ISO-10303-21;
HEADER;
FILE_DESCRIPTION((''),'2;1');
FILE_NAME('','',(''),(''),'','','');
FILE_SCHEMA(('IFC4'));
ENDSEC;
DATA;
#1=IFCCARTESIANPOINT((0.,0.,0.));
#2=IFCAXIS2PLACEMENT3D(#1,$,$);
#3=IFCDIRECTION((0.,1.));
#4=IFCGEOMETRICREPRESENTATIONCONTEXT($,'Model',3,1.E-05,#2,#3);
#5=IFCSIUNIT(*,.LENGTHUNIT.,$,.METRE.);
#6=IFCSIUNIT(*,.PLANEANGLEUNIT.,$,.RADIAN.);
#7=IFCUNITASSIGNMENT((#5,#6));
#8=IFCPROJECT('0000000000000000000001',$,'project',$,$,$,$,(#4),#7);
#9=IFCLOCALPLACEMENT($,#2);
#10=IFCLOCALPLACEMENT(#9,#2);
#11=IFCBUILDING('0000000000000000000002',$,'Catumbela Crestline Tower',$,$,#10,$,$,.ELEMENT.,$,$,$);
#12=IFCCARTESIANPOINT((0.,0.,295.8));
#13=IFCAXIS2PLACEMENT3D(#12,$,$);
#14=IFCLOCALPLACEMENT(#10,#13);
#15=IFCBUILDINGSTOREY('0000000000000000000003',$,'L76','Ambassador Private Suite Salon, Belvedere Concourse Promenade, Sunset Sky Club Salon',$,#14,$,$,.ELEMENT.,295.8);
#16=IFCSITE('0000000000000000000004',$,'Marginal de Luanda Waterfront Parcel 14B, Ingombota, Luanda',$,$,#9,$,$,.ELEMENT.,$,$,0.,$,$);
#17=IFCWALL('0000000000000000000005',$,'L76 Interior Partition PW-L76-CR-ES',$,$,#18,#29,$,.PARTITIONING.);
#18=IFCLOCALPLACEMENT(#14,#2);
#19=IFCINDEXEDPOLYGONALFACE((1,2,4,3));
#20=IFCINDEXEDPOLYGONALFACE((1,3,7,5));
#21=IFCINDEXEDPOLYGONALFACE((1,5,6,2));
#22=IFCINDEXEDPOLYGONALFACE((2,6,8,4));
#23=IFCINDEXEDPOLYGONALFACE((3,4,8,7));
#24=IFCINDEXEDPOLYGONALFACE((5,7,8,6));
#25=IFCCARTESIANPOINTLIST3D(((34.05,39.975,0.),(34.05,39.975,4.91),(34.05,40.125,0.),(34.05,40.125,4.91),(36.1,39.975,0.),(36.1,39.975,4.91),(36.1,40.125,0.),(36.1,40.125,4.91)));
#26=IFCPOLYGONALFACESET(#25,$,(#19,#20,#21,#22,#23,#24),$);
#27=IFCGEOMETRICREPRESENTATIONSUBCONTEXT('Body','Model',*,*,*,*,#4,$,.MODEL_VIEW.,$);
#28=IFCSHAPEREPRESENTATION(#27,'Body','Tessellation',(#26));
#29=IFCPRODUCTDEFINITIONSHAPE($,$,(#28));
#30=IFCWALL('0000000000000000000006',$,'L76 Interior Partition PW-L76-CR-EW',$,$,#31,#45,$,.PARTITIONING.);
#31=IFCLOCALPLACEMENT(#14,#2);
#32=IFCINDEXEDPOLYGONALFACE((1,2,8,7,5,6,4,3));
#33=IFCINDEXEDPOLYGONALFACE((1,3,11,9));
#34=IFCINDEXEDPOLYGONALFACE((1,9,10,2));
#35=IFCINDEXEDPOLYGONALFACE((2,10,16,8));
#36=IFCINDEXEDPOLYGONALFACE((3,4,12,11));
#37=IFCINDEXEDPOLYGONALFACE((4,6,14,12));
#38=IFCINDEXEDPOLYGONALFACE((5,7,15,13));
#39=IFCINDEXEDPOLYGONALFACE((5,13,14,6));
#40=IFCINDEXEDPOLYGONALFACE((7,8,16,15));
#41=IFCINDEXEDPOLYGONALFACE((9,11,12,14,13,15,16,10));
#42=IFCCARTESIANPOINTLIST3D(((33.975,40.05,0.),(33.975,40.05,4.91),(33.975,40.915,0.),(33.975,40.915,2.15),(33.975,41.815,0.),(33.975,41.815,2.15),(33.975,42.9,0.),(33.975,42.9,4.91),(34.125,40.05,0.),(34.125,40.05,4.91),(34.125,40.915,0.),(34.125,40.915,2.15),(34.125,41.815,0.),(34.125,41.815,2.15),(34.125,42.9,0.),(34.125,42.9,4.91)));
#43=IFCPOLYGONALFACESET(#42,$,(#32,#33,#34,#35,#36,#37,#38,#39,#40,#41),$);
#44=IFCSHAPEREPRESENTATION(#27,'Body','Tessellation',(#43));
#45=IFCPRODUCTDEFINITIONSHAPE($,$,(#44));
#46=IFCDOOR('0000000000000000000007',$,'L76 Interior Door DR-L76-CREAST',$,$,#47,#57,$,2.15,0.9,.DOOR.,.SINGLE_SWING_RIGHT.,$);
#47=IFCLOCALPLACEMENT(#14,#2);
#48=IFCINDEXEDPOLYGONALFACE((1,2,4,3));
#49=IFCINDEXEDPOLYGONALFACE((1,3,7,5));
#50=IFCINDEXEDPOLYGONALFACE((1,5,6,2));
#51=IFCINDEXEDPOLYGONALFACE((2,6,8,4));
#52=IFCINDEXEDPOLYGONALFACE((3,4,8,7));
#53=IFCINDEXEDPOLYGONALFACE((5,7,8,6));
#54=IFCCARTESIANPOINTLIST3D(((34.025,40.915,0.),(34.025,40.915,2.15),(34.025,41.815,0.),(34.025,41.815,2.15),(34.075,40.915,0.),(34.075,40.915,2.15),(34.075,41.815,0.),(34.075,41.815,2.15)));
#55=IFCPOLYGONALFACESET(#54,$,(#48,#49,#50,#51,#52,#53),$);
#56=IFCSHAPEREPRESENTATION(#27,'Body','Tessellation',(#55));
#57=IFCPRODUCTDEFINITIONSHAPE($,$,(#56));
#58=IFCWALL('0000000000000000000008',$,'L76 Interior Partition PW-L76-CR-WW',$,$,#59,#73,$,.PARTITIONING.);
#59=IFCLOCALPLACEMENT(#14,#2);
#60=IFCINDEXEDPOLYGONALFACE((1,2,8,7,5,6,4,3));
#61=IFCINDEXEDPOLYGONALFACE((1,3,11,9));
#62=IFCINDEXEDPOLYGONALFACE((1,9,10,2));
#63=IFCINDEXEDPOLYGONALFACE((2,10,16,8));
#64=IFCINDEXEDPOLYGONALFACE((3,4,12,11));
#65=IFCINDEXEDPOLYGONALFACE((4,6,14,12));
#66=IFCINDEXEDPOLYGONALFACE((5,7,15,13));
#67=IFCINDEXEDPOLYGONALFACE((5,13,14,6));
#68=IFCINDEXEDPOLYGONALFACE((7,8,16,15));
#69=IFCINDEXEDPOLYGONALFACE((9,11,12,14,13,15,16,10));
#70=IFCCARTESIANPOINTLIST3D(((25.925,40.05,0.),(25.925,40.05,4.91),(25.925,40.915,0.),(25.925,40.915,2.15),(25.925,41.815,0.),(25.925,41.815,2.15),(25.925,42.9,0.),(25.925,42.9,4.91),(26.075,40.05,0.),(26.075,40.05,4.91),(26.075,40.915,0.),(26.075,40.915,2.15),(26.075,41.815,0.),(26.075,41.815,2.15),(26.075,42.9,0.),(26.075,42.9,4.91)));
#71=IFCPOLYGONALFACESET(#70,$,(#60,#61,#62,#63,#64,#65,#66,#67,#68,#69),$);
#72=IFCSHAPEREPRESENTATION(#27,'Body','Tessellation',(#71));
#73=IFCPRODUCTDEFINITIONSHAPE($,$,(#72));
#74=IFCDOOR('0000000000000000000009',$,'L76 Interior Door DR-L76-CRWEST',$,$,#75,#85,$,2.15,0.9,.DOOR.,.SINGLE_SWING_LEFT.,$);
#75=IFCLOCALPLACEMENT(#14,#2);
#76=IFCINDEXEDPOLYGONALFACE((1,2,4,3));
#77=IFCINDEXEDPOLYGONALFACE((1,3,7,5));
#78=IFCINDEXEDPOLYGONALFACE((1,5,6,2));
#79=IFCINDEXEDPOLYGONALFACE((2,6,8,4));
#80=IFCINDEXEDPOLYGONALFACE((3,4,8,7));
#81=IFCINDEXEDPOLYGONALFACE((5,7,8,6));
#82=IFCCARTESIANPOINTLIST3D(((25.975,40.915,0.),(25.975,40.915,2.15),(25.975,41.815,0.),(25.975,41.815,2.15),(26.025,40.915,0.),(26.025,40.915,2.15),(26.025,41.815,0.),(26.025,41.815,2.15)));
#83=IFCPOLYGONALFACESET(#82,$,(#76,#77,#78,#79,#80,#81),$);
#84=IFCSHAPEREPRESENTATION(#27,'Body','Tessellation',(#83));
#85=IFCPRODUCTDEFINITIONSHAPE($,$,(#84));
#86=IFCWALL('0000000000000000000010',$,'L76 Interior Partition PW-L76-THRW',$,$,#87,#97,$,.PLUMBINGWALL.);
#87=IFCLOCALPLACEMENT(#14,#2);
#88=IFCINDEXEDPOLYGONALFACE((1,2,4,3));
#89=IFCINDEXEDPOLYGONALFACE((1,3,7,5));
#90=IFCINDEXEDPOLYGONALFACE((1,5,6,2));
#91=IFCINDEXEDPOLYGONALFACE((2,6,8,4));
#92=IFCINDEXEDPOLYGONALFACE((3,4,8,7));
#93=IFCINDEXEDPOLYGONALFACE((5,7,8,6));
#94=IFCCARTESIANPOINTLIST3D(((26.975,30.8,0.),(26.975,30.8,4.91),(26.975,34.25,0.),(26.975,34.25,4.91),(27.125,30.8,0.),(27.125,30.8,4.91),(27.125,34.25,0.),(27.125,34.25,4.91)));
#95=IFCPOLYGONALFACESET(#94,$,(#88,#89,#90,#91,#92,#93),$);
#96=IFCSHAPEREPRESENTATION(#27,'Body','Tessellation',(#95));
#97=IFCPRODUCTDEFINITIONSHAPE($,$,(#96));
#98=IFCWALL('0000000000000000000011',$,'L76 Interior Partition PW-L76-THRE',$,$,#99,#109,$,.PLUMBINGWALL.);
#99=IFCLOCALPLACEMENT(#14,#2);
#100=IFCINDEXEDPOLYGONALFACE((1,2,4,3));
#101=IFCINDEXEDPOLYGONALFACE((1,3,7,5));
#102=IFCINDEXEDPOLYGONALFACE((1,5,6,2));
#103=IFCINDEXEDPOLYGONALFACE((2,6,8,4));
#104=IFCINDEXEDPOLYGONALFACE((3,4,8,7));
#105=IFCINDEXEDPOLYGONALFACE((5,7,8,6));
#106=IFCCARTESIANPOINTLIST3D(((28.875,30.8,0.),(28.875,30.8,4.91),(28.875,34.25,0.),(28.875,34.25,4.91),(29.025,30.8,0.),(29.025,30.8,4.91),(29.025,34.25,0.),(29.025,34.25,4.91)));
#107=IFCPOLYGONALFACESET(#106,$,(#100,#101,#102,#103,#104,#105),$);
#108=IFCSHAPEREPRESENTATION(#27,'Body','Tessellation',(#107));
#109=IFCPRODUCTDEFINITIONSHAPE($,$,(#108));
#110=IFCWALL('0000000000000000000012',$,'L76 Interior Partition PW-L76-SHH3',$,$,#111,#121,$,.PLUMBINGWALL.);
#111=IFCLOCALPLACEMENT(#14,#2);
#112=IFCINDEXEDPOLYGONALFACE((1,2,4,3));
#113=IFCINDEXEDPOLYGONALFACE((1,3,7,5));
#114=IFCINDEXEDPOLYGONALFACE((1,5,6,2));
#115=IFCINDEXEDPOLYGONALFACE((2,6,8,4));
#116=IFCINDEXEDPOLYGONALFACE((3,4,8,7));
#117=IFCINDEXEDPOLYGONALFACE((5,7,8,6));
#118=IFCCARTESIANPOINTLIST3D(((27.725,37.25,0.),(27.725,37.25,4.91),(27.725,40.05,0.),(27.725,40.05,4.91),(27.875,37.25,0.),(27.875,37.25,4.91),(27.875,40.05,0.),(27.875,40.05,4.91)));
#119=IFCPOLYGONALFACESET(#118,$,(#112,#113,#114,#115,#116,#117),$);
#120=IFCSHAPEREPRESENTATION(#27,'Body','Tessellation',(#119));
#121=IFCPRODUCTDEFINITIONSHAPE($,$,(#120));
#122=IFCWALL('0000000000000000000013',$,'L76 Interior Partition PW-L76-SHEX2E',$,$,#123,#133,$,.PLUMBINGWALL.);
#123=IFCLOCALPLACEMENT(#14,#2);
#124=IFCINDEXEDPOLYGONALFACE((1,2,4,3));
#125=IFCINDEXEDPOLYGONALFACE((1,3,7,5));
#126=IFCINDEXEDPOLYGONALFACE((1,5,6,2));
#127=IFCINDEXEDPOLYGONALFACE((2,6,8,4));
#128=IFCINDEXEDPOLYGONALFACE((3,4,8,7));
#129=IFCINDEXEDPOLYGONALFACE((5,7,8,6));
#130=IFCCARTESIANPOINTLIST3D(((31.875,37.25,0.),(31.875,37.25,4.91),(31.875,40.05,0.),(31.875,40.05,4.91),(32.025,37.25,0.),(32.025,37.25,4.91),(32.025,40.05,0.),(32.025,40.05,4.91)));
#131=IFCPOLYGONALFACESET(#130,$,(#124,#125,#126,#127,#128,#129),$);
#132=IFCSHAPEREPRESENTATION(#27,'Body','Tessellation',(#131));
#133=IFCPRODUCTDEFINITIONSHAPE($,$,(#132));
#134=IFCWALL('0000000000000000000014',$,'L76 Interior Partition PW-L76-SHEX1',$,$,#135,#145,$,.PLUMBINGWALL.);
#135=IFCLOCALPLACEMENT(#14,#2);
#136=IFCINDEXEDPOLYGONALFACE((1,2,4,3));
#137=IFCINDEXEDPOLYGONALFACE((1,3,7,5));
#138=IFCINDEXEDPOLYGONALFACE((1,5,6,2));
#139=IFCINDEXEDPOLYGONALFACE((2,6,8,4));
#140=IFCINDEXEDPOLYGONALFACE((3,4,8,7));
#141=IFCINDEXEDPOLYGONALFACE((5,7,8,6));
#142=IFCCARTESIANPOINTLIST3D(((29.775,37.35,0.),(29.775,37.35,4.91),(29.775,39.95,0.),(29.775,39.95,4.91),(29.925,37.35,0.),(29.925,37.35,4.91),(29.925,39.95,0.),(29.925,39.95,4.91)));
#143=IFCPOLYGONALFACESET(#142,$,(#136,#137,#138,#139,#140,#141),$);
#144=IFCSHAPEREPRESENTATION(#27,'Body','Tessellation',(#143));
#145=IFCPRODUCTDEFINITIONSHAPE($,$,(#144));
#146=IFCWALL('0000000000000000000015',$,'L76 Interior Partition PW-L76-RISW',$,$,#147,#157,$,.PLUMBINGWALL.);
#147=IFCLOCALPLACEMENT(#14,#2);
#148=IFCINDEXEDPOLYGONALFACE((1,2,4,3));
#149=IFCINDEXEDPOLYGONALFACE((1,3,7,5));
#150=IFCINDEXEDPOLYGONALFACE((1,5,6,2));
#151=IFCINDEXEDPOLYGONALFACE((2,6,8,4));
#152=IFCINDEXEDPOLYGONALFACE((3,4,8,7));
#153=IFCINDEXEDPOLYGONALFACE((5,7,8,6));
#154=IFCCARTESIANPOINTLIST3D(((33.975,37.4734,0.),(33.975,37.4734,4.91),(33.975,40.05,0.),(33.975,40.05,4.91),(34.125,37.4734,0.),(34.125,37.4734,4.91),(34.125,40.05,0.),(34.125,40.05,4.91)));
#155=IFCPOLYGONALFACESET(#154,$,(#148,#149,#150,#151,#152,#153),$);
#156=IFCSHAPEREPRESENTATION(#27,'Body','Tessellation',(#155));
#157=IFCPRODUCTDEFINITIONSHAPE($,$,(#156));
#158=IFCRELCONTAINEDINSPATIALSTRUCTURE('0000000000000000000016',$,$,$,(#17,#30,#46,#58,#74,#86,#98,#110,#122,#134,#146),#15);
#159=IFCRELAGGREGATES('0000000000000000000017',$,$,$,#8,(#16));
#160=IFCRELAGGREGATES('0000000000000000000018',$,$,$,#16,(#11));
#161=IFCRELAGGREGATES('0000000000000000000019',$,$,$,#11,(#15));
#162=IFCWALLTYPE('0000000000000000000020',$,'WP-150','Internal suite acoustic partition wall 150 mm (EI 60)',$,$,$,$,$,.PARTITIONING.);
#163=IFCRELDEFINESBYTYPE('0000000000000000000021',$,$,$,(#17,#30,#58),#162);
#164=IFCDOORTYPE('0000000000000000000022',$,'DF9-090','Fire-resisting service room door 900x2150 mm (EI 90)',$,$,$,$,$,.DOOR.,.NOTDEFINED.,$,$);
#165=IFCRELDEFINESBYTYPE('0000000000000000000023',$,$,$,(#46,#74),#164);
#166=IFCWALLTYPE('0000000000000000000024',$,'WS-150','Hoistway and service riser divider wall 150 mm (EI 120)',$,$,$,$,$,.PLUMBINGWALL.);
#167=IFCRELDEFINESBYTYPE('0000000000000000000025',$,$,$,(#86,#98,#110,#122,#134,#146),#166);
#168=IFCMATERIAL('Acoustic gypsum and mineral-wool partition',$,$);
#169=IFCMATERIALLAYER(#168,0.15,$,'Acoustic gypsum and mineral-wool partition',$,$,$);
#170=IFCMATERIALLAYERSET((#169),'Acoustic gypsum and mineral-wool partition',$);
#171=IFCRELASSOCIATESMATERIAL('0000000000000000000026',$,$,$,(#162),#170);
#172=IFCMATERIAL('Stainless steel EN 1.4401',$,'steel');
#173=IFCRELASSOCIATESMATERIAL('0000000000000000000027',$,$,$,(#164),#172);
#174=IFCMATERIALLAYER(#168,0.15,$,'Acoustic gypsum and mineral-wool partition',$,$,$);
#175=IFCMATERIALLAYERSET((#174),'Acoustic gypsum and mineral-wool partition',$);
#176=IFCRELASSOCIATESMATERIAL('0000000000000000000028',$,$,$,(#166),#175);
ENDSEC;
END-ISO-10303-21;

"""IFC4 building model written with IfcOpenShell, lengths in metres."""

from ifc_helpers import new_model, si_unit, direction, frame, frame_2d, origin, place, context, subcontext, project, spatial, rectangle, extrude, material, layer, layer_set, type_object, element, fill, save


model = new_model("IFC4")

# Units and contexts
model_context = context("Model", 3, precision=1e-05, world=origin(), true_north=direction((0.0, 1.0)))
body_context = subcontext(model_context, "Body", "Model", "MODEL_VIEW")
ifc_project = project(units=[si_unit("LENGTHUNIT", "METRE"), si_unit("PLANEANGLEUNIT", "RADIAN")], contexts=[model_context])

# Site, building, storey
site_placement = place(None, origin())
site = spatial("IfcSite", under=ifc_project, at=site_placement, Name="Marginal de Luanda Waterfront Parcel 14B, Ingombota, Luanda", CompositionType="ELEMENT", RefElevation=0.0)
building_placement = place(site_placement, origin())
building = spatial("IfcBuilding", under=site, at=building_placement, Name="Catumbela Crestline Tower", CompositionType="ELEMENT")
storey_placement = place(building_placement, frame((0.0, 0.0, 295.8)))
storey = spatial("IfcBuildingStorey", under=building, at=storey_placement, Name="L76", Description="Ambassador Private Suite Salon, Belvedere Concourse Promenade, Sunset Sky Club Salon", CompositionType="ELEMENT", Elevation=295.8)

# Shared definitions
ifc_material_1 = material(Name="Stainless steel EN 1.4401", Category="steel")

# Shared definitions
ifc_material_2 = material(Name="Acoustic gypsum and mineral-wool partition")

# Wall
ifc_layer_1 = layer(ifc_material_2, 0.15, Name="Acoustic gypsum and mineral-wool partition")
ifc_layer_set_1 = layer_set([ifc_layer_1], Name="Acoustic gypsum and mineral-wool partition")
wall_type_1 = type_object("IfcWallType", Name="WP-150", Description="Internal suite acoustic partition wall 150 mm (EI 60)", PredefinedType="PARTITIONING", material=ifc_layer_set_1)
wall_1_placement = place(storey_placement, frame((34.05, 40.05, 0.0), z_axis=(0.0, 0.0, 1.0), x_axis=(1.0, 0.0, 0.0)))
element("IfcWall", 1, at=wall_1_placement, inside=storey, type_object=wall_type_1, Name="L76 Interior Partition PW-L76-CR-ES", PredefinedType="PARTITIONING", context=body_context, shape_type="SweptSolid", body=[
    extrude(rectangle(XDim=2.05, YDim=0.15, at=frame_2d((1.025, 0.0))), origin(), (0.0, 0.0, 1.0), 4.91),
])

# Walls, openings, doors
wall_2_placement = place(storey_placement, frame((34.05, 40.05, 0.0), z_axis=(0.0, 0.0, 1.0), x_axis=(0.0, 1.0, 0.0)))
wall_2 = element("IfcWall", 2, at=wall_2_placement, inside=storey, type_object=wall_type_1, Name="L76 Interior Partition PW-L76-CR-EW", PredefinedType="PARTITIONING", context=body_context, shape_type="SweptSolid", body=[
    extrude(rectangle(XDim=2.85, YDim=0.15, at=frame_2d((1.425, 0.0))), origin(), (0.0, 0.0, 1.0), 4.91),
])
opening_1_placement = place(wall_2_placement, frame((0.865, 0.0, 0.0)))
opening_1 = element("IfcOpeningElement", 3, at=opening_1_placement, cuts=wall_2, PredefinedType="OPENING", context=body_context, shape_type="SweptSolid", body=[
    extrude(rectangle(XDim=0.9, YDim=2.15, at=frame_2d((0.45, 1.075))), frame((0.0, 0.085, 0.0), z_axis=(0.0, -1.0, 0.0), x_axis=(1.0, 0.0, 0.0)), (0.0, 0.0, 1.0), 0.17),
])
door_type_1 = type_object("IfcDoorType", Name="DF9-090", Description="Fire-resisting service room door 900x2150 mm (EI 90)", OperationType="NOTDEFINED", PredefinedType="DOOR", material=ifc_material_1)
door_1_placement = place(opening_1_placement, origin())
door_1 = element("IfcDoor", 4, at=door_1_placement, inside=storey, type_object=door_type_1, Name="L76 Interior Door DR-L76-CREAST", OperationType="SINGLE_SWING_RIGHT", OverallHeight=2.15, OverallWidth=0.9, PredefinedType="DOOR", context=body_context, shape_type="SweptSolid", body=[
    extrude(rectangle(XDim=0.9, YDim=2.15, at=frame_2d((0.45, 1.075))), frame((0.0, 0.025, 0.0), z_axis=(0.0, -1.0, 0.0), x_axis=(1.0, 0.0, 0.0)), (0.0, 0.0, 1.0), 0.05),
])
fill(opening_1, door_1)
wall_3_placement = place(storey_placement, frame((26.0, 40.05, 0.0), z_axis=(0.0, 0.0, 1.0), x_axis=(0.0, 1.0, 0.0)))
wall_3 = element("IfcWall", 5, at=wall_3_placement, inside=storey, type_object=wall_type_1, Name="L76 Interior Partition PW-L76-CR-WW", PredefinedType="PARTITIONING", context=body_context, shape_type="SweptSolid", body=[
    extrude(rectangle(XDim=2.85, YDim=0.15, at=frame_2d((1.425, 0.0))), origin(), (0.0, 0.0, 1.0), 4.91),
])
opening_2_placement = place(wall_3_placement, frame((0.865, 0.0, 0.0)))
opening_2 = element("IfcOpeningElement", 6, at=opening_2_placement, cuts=wall_3, PredefinedType="OPENING", context=body_context, shape_type="SweptSolid", body=[
    extrude(rectangle(XDim=0.9, YDim=2.15, at=frame_2d((0.45, 1.075))), frame((0.0, 0.085, 0.0), z_axis=(0.0, -1.0, 0.0), x_axis=(1.0, 0.0, 0.0)), (0.0, 0.0, 1.0), 0.17),
])
door_2_placement = place(opening_2_placement, origin())
door_2 = element("IfcDoor", 7, at=door_2_placement, inside=storey, type_object=door_type_1, Name="L76 Interior Door DR-L76-CRWEST", OperationType="SINGLE_SWING_LEFT", OverallHeight=2.15, OverallWidth=0.9, PredefinedType="DOOR", context=body_context, shape_type="SweptSolid", body=[
    extrude(rectangle(XDim=0.9, YDim=2.15, at=frame_2d((0.45, 1.075))), frame((0.0, 0.025, 0.0), z_axis=(0.0, -1.0, 0.0), x_axis=(1.0, 0.0, 0.0)), (0.0, 0.0, 1.0), 0.05),
])
fill(opening_2, door_2)

# Walls
ifc_layer_2 = layer(ifc_material_2, 0.15, Name="Acoustic gypsum and mineral-wool partition")
ifc_layer_set_2 = layer_set([ifc_layer_2], Name="Acoustic gypsum and mineral-wool partition")
wall_type_2 = type_object("IfcWallType", Name="WS-150", Description="Hoistway and service riser divider wall 150 mm (EI 120)", PredefinedType="PLUMBINGWALL", material=ifc_layer_set_2)
for number, where, z_axis, x_axis, name in (
    (8, (27.05, 30.8, 0.0), (0.0, 0.0, 1.0), (0.0, 1.0, 0.0), "L76 Interior Partition PW-L76-THRW"),
    (9, (28.95, 30.8, 0.0), (0.0, 0.0, 1.0), (0.0, 1.0, 0.0), "L76 Interior Partition PW-L76-THRE"),
):
    element("IfcWall", number, at=place(storey_placement, frame(where, z_axis=z_axis, x_axis=x_axis)), inside=storey, type_object=wall_type_2, Name=name, PredefinedType="PLUMBINGWALL", context=body_context, shape_type="SweptSolid", body=[
        extrude(rectangle(XDim=3.45, YDim=0.15, at=frame_2d((1.725, 0.0))), origin(), (0.0, 0.0, 1.0), 4.91),
    ])
for number, where, z_axis, x_axis, name in (
    (10, (27.8, 37.25, 0.0), (0.0, 0.0, 1.0), (0.0, 1.0, 0.0), "L76 Interior Partition PW-L76-SHH3"),
    (11, (31.95, 37.25, 0.0), (0.0, 0.0, 1.0), (0.0, 1.0, 0.0), "L76 Interior Partition PW-L76-SHEX2E"),
):
    element("IfcWall", number, at=place(storey_placement, frame(where, z_axis=z_axis, x_axis=x_axis)), inside=storey, type_object=wall_type_2, Name=name, PredefinedType="PLUMBINGWALL", context=body_context, shape_type="SweptSolid", body=[
        extrude(rectangle(XDim=2.8, YDim=0.15, at=frame_2d((1.4, 0.0))), origin(), (0.0, 0.0, 1.0), 4.91),
    ])
wall_4_placement = place(storey_placement, frame((29.85, 37.35, 0.0), z_axis=(0.0, 0.0, 1.0), x_axis=(0.0, 1.0, 0.0)))
element("IfcWall", 12, at=wall_4_placement, inside=storey, type_object=wall_type_2, Name="L76 Interior Partition PW-L76-SHEX1", PredefinedType="PLUMBINGWALL", context=body_context, shape_type="SweptSolid", body=[
    extrude(rectangle(XDim=2.6, YDim=0.15, at=frame_2d((1.3, 0.0))), origin(), (0.0, 0.0, 1.0), 4.91),
])
wall_5_placement = place(storey_placement, frame((34.05, 37.4734, 0.0), z_axis=(0.0, 0.0, 1.0), x_axis=(0.0, 1.0, 0.0)))
element("IfcWall", 13, at=wall_5_placement, inside=storey, type_object=wall_type_2, Name="L76 Interior Partition PW-L76-RISW", PredefinedType="PLUMBINGWALL", context=body_context, shape_type="SweptSolid", body=[
    extrude(rectangle(XDim=2.5766, YDim=0.15, at=frame_2d((1.2883, 0.0))), origin(), (0.0, 0.0, 1.0), 4.91),
])

save(model, "model.ifc")
